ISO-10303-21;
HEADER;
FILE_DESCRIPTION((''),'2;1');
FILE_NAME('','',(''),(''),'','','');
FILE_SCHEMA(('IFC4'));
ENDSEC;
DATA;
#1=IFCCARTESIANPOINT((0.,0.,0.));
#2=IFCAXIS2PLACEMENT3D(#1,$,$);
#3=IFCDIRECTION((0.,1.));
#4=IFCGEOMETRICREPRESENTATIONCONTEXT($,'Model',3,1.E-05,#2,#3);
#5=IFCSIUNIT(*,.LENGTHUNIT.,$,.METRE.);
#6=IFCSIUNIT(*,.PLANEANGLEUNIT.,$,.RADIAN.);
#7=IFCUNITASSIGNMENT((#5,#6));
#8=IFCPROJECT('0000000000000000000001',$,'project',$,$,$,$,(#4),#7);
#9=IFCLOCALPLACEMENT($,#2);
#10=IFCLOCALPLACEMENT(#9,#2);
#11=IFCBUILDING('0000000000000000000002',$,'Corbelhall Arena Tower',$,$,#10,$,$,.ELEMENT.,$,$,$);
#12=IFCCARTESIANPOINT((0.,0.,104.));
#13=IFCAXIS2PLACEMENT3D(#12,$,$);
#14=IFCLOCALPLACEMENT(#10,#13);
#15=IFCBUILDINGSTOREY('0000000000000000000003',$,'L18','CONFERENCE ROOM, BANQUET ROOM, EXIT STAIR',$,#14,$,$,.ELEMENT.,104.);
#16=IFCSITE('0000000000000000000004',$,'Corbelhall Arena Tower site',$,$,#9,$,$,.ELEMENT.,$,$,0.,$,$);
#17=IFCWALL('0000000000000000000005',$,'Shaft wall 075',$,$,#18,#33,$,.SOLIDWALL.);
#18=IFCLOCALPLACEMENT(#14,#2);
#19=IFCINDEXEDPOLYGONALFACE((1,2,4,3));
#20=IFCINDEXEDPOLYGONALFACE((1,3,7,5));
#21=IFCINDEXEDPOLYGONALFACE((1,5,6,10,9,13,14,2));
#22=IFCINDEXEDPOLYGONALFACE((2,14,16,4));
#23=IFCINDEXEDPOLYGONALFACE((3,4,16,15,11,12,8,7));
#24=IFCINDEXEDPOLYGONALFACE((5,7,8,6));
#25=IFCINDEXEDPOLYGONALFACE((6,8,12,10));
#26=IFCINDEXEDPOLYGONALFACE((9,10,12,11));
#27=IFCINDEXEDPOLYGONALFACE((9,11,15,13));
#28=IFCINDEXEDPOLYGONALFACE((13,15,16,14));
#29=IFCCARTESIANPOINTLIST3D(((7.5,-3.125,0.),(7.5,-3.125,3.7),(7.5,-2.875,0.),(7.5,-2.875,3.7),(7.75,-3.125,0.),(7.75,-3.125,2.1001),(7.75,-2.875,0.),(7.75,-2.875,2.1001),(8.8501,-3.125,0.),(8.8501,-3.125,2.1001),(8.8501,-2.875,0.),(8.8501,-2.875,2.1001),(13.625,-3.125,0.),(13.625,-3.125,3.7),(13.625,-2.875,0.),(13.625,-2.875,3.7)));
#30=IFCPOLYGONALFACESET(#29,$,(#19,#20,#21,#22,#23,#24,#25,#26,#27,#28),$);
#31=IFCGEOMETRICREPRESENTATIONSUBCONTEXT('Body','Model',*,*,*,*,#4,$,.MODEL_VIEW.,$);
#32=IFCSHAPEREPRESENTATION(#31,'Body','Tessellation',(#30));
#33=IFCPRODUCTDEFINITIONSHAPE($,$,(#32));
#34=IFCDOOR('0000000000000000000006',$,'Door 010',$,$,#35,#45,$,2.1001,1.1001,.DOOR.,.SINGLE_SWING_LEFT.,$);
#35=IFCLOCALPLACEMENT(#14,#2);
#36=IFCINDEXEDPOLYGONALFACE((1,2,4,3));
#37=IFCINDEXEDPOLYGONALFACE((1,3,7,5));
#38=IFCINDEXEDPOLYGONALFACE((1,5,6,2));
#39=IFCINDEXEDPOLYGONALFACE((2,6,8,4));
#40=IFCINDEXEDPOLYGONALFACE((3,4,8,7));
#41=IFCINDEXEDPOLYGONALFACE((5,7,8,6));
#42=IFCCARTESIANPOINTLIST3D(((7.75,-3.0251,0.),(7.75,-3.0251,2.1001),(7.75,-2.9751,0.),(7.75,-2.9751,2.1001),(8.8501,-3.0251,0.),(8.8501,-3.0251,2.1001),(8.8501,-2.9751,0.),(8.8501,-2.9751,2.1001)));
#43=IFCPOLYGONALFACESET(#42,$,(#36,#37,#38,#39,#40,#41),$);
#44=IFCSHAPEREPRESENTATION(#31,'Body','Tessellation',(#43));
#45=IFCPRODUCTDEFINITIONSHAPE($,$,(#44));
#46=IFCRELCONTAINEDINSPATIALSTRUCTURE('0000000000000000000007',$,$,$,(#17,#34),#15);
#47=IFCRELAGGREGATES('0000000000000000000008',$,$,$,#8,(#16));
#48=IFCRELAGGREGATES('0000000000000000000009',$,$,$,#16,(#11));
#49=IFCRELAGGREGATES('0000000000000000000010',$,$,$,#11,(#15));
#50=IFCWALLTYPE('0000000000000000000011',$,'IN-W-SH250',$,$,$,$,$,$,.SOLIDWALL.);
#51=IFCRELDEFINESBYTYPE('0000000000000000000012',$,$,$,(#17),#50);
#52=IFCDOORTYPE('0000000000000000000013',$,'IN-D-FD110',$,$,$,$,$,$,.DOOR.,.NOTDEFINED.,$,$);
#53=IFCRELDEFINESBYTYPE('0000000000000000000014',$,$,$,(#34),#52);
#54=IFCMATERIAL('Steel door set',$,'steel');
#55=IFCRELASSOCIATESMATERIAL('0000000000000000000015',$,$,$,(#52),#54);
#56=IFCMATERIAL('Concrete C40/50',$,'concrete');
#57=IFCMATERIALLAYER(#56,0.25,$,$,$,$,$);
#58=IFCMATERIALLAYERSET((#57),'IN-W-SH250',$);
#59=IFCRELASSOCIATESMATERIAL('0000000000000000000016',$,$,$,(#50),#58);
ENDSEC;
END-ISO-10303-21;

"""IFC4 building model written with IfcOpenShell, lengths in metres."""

from ifc_helpers import new_model, si_unit, direction, frame, frame_2d, origin, place, context, subcontext, project, spatial, rectangle, extrude, material, layer, layer_set, type_object, element, fill, save


model = new_model("IFC4")

# Units and contexts
model_context = context("Model", 3, precision=1e-05, world=origin(), true_north=direction((0.0, 1.0)))
body_context = subcontext(model_context, "Body", "Model", "MODEL_VIEW")
ifc_project = project(units=[si_unit("LENGTHUNIT", "METRE"), si_unit("PLANEANGLEUNIT", "RADIAN")], contexts=[model_context])

# Site, building, storey
site_placement = place(None, origin())
site = spatial("IfcSite", under=ifc_project, at=site_placement, Name="Corbelhall Arena Tower site", CompositionType="ELEMENT", RefElevation=0.0)
building_placement = place(site_placement, origin())
building = spatial("IfcBuilding", under=site, at=building_placement, Name="Corbelhall Arena Tower", CompositionType="ELEMENT")
storey_placement = place(building_placement, frame((0.0, 0.0, 104.0)))
storey = spatial("IfcBuildingStorey", under=building, at=storey_placement, Name="L18", Description="CONFERENCE ROOM, BANQUET ROOM, EXIT STAIR", CompositionType="ELEMENT", Elevation=104.0)

# Shared definitions
ifc_material_1 = material(Name="Concrete C40/50", Category="concrete")

# Shared definitions
ifc_material_2 = material(Name="Steel door set", Category="steel")
door_type = type_object("IfcDoorType", Name="IN-D-FD110", OperationType="NOTDEFINED", PredefinedType="DOOR", material=ifc_material_2)

# Wall, opening, door
ifc_layer_1 = layer(ifc_material_1, 0.25)
ifc_layer_set_1 = layer_set([ifc_layer_1], Name="IN-W-SH250")
wall_type_1 = type_object("IfcWallType", Name="IN-W-SH250", PredefinedType="SOLIDWALL", material=ifc_layer_set_1)
wall_1_placement = place(storey_placement, frame((7.5, -3.0, 0.0), z_axis=(0.0, 0.0, 1.0), x_axis=(1.0, 0.0, 0.0)))
wall_1 = element("IfcWall", 1, at=wall_1_placement, inside=storey, type_object=wall_type_1, Name="Shaft wall 075", PredefinedType="SOLIDWALL", context=body_context, shape_type="SweptSolid", body=[
    extrude(rectangle(XDim=6.125, YDim=0.25, at=frame_2d((3.0625, 0.0))), origin(), (0.0, 0.0, 1.0), 3.7),
])
opening_1_placement = place(wall_1_placement, frame((0.25, 0.0, 0.0)))
opening_1 = element("IfcOpeningElement", 2, at=opening_1_placement, cuts=wall_1, PredefinedType="OPENING", context=body_context, shape_type="SweptSolid", body=[
    extrude(rectangle(XDim=1.1001, YDim=2.1001, at=frame_2d((0.55, 1.05))), frame((0.0, 0.125, 0.0), z_axis=(0.0, -1.0, 0.0), x_axis=(1.0, 0.0, 0.0)), (0.0, 0.0, 1.0), 0.25),
])
door_1_placement = place(opening_1_placement, origin())
door_1 = element("IfcDoor", 3, at=door_1_placement, inside=storey, type_object=door_type, Name="Door 010", OperationType="SINGLE_SWING_LEFT", OverallHeight=2.1001, OverallWidth=1.1001, PredefinedType="DOOR", context=body_context, shape_type="SweptSolid", body=[
    extrude(rectangle(XDim=1.1001, YDim=2.1001, at=frame_2d((0.55, 1.05))), frame((0.0, 0.0249, 0.0), z_axis=(0.0, -1.0, 0.0), x_axis=(1.0, 0.0, 0.0)), (0.0, 0.0, 1.0), 0.05),
])
fill(opening_1, door_1)

save(model, "model.ifc")
